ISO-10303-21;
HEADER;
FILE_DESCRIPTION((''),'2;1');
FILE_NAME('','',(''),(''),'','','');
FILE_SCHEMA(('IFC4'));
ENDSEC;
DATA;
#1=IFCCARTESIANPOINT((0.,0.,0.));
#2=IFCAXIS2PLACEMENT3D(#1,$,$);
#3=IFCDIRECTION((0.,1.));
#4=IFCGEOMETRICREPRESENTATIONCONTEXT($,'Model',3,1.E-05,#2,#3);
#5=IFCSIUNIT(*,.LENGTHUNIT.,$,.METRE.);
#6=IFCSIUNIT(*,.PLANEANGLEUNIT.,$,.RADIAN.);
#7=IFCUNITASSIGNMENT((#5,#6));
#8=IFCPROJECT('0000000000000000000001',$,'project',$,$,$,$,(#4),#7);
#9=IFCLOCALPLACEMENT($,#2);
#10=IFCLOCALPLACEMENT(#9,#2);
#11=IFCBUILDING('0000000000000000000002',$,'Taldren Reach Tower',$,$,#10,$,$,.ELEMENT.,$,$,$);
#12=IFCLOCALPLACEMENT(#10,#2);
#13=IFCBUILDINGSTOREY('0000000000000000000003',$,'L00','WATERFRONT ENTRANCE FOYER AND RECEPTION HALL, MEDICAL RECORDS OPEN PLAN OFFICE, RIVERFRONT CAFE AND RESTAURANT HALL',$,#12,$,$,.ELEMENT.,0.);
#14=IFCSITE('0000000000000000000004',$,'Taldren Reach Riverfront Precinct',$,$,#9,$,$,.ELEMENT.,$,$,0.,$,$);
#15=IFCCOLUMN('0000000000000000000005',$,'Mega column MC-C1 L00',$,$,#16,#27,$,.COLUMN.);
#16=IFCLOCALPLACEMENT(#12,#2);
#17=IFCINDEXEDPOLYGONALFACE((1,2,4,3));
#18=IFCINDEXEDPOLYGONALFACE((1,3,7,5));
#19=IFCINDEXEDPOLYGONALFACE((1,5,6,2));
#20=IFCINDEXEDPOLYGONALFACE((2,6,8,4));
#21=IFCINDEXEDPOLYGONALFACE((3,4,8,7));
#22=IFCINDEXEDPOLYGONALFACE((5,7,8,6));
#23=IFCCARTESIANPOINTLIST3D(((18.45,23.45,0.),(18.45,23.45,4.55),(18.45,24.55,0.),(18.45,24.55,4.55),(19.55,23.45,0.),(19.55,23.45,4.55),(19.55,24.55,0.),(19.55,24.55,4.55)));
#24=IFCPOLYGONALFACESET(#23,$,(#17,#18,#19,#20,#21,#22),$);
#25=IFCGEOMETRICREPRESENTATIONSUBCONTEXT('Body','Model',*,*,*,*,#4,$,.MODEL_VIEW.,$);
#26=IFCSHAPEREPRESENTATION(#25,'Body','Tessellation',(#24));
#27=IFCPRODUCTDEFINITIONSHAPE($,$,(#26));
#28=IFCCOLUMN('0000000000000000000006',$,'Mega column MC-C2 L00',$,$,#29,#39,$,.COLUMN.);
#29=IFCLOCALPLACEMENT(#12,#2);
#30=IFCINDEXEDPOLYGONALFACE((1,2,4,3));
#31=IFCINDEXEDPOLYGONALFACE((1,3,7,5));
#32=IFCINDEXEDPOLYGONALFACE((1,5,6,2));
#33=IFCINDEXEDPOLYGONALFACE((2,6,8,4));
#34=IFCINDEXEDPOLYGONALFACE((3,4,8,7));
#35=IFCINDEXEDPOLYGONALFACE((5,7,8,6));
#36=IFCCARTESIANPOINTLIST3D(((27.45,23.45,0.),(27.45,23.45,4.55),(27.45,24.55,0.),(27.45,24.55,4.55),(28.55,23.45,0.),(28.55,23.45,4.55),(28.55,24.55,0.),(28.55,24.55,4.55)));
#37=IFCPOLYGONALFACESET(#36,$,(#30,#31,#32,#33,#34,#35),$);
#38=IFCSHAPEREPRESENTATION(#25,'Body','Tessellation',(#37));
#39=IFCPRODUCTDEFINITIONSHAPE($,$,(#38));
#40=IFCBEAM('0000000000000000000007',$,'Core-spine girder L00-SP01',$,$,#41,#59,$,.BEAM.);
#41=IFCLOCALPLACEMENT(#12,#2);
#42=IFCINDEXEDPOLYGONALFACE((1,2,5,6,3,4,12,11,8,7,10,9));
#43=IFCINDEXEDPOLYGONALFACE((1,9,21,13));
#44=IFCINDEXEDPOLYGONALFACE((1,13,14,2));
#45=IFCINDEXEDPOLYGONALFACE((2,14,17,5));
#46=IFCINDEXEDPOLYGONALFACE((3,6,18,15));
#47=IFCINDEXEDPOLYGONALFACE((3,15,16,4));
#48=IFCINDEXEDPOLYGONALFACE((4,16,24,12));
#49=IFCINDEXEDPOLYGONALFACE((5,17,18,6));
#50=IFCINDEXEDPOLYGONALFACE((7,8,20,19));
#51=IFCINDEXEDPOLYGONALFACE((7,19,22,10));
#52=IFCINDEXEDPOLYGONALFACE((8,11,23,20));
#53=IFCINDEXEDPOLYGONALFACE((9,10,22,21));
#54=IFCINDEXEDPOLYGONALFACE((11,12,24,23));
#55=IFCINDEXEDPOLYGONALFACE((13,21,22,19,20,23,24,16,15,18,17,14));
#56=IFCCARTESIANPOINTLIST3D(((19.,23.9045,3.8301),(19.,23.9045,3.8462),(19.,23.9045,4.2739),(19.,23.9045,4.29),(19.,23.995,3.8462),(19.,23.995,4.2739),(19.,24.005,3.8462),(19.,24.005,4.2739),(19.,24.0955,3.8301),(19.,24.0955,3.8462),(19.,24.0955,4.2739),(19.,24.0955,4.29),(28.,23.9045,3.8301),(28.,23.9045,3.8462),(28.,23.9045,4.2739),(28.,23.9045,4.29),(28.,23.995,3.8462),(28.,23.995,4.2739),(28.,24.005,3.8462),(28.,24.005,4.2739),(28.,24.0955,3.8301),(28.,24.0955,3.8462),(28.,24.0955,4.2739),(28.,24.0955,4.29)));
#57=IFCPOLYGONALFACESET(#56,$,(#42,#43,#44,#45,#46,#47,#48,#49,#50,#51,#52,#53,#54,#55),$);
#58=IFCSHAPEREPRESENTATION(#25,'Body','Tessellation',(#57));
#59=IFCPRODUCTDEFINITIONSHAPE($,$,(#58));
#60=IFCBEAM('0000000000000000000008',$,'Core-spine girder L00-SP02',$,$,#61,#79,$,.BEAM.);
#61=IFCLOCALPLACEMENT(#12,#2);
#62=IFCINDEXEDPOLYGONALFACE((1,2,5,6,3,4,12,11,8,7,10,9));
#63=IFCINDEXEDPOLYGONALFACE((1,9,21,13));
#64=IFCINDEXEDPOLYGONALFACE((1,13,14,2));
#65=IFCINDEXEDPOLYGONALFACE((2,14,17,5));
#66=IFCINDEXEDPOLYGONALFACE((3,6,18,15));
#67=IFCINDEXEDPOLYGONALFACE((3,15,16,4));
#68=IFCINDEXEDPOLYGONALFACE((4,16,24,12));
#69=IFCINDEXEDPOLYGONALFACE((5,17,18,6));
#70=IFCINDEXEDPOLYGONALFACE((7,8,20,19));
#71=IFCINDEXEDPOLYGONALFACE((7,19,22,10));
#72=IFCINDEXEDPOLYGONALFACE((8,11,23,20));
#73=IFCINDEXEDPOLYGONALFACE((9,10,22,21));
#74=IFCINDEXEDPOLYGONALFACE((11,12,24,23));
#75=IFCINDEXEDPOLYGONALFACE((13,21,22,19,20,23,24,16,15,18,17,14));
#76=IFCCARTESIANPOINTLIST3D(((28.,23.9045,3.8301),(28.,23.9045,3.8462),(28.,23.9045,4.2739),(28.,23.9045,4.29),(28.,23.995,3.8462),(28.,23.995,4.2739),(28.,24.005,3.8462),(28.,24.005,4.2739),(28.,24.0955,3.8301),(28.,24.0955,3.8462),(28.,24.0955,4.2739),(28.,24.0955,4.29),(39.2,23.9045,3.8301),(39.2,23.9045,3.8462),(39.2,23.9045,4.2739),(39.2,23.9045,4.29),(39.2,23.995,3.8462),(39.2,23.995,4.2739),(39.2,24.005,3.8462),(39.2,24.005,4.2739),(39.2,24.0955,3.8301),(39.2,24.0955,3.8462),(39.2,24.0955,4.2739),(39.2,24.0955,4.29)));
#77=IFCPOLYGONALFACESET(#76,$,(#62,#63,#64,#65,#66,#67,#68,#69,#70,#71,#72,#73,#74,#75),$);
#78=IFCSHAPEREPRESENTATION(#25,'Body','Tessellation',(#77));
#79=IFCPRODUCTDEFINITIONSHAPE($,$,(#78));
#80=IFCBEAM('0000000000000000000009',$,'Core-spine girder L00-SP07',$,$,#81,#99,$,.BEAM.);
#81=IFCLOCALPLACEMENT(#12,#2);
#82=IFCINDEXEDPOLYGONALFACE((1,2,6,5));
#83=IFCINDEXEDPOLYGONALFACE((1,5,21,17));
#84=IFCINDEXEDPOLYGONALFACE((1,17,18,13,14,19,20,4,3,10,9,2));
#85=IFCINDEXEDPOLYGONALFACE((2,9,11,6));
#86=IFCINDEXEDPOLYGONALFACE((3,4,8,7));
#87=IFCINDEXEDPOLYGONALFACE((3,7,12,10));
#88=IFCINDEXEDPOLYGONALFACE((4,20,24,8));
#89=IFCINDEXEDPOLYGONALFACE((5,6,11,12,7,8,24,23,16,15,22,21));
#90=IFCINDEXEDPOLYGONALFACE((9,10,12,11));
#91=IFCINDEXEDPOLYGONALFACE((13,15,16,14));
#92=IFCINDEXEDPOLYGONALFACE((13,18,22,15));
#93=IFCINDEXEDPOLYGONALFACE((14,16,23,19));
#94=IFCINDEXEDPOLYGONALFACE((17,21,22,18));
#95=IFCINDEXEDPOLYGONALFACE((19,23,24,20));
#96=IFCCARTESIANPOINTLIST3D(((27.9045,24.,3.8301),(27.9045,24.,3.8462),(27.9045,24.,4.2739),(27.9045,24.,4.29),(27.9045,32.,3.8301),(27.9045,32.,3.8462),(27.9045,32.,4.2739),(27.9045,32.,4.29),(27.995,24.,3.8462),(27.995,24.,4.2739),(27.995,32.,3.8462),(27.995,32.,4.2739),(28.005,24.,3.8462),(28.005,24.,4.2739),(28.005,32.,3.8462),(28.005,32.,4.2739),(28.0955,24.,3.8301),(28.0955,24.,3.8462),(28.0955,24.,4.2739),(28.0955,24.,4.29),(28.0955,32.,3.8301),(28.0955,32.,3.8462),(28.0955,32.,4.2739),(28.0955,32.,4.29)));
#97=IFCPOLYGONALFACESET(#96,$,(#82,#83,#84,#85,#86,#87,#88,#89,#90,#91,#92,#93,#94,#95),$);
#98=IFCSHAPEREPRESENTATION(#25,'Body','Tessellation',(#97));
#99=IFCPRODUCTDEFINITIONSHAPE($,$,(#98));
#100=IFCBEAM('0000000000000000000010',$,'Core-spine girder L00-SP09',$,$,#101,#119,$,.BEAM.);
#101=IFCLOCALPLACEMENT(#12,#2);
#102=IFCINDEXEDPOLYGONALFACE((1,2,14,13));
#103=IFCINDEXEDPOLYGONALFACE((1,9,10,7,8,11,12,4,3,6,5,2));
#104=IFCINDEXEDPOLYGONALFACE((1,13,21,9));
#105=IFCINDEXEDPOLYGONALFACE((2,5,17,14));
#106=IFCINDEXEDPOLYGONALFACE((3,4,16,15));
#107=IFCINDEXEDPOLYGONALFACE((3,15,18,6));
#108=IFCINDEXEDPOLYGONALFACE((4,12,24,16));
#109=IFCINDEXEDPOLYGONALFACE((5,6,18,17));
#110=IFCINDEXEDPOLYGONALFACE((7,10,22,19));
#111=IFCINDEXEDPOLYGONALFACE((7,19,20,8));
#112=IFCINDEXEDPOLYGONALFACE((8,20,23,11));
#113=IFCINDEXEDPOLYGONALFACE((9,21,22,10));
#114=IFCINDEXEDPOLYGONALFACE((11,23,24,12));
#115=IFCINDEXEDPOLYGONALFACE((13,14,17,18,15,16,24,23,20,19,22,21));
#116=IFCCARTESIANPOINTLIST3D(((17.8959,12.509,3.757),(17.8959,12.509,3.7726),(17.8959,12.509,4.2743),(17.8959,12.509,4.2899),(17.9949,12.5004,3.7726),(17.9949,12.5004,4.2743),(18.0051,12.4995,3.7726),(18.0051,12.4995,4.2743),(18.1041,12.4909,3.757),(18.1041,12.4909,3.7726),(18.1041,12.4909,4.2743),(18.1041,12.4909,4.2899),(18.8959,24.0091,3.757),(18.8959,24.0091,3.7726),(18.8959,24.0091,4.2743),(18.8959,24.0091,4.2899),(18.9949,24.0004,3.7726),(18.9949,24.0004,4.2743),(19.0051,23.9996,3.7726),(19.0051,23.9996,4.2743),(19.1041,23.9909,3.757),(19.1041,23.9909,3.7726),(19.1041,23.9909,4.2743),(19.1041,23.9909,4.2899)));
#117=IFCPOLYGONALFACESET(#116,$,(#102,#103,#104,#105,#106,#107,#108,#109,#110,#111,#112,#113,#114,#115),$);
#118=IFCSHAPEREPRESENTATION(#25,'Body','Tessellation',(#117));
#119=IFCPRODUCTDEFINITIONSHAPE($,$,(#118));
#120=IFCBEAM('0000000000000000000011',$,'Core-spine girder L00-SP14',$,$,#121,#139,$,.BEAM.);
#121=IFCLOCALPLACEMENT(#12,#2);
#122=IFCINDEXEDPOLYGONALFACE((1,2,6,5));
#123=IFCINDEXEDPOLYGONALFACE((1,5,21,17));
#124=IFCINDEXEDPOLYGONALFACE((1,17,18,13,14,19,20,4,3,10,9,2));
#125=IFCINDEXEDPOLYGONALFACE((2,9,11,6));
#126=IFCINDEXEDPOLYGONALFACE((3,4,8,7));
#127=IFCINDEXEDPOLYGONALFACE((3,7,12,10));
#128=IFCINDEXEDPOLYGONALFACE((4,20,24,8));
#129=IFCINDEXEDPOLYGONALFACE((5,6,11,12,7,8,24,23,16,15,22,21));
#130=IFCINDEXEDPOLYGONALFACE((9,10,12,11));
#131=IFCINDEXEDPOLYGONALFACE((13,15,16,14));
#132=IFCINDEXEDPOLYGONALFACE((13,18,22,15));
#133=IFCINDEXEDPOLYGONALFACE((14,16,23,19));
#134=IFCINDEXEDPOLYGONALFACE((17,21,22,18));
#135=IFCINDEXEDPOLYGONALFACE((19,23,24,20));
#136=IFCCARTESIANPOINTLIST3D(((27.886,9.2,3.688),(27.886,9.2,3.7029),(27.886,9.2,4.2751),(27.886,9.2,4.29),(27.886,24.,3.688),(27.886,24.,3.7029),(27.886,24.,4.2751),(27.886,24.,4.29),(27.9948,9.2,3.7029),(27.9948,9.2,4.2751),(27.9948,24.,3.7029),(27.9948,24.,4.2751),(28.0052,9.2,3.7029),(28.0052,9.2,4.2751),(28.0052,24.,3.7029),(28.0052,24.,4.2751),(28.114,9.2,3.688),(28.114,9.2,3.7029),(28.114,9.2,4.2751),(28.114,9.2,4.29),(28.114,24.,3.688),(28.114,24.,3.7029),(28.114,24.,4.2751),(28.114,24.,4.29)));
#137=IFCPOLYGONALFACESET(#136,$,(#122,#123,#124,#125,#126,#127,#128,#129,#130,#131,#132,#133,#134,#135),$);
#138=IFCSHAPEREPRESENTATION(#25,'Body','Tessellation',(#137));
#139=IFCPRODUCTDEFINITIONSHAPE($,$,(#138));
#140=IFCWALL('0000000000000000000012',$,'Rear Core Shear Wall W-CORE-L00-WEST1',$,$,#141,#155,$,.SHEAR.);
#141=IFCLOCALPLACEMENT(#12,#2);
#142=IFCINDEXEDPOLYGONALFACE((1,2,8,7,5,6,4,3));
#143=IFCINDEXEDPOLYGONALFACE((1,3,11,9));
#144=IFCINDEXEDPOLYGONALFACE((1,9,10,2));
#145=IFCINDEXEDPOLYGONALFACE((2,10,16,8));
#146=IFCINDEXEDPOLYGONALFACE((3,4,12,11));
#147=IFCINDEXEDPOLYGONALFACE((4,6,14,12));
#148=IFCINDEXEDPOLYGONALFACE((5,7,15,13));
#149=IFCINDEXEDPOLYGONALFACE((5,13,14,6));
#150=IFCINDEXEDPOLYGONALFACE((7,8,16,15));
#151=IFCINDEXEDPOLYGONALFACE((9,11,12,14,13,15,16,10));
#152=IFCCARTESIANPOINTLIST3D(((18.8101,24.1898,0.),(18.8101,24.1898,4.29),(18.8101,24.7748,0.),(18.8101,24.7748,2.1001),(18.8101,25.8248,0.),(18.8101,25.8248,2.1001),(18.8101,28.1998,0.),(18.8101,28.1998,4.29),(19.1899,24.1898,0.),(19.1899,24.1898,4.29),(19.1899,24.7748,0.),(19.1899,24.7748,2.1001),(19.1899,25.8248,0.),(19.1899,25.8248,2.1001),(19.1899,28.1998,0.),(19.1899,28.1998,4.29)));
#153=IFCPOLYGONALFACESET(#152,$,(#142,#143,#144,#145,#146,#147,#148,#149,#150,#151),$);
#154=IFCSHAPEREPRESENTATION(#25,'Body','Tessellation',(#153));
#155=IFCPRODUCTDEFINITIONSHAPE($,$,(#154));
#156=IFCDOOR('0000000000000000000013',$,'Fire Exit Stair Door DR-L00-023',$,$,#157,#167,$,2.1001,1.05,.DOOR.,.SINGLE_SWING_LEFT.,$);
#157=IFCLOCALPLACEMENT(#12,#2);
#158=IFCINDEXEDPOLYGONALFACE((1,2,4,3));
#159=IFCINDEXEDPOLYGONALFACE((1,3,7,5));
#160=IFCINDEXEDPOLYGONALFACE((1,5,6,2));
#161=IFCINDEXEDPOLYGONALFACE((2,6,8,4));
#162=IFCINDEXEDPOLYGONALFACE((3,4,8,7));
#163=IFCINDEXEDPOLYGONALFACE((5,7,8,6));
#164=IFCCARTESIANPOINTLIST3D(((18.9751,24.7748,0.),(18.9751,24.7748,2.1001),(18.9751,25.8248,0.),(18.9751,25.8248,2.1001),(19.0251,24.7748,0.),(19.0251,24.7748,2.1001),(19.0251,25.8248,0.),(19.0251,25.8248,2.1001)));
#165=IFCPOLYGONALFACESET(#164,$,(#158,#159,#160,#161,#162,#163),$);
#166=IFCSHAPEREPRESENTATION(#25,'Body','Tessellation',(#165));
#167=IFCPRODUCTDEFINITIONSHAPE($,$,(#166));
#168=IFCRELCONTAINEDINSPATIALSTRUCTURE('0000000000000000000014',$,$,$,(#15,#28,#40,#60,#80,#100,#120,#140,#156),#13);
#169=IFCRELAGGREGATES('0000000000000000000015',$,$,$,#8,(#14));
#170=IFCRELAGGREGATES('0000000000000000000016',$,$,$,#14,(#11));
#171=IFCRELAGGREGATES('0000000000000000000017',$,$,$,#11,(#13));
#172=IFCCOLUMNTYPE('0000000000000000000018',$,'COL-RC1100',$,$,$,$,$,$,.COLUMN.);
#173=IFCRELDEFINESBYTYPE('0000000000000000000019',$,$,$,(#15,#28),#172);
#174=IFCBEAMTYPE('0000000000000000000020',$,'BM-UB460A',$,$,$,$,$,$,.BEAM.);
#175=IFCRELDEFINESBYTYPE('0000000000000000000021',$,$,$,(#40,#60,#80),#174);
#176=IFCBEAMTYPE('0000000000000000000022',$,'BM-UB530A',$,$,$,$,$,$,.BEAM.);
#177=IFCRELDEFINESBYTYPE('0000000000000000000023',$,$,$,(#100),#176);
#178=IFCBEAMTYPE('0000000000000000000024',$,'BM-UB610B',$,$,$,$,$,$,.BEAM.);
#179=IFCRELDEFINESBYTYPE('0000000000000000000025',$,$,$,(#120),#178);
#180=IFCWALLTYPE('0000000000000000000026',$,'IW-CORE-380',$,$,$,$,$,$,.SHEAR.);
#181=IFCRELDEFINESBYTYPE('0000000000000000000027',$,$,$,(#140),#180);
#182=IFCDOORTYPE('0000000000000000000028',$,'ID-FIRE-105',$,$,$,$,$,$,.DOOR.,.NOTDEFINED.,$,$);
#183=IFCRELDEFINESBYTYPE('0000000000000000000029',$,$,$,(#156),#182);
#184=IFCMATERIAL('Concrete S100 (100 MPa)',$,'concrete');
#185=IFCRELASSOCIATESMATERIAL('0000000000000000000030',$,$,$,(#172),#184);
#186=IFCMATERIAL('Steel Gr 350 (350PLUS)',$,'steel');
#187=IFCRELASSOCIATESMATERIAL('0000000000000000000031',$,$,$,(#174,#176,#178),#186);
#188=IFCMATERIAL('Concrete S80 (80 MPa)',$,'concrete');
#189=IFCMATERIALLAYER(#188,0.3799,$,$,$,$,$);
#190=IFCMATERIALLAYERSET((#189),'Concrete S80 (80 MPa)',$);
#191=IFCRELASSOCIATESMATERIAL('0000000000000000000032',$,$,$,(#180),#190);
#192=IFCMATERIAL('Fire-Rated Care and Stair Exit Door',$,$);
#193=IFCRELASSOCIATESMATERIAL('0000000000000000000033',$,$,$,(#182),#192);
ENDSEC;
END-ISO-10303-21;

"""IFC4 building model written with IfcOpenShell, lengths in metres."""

from ifc_helpers import new_model, si_unit, direction, frame, frame_2d, origin, origin_2d, place, context, subcontext, project, spatial, rectangle, i_section, extrude, source, transform, mapped, material, layer, layer_set, material_profile, profile_set, type_object, element, fill, save


model = new_model("IFC4")

# Units and contexts
model_context = context("Model", 3, precision=1e-05, world=origin(), true_north=direction((0.0, 1.0)))
body_context = subcontext(model_context, "Body", "Model", "MODEL_VIEW")
ifc_project = project(units=[si_unit("LENGTHUNIT", "METRE"), si_unit("PLANEANGLEUNIT", "RADIAN")], contexts=[model_context])

# Site, building, storey
site_placement = place(None, origin())
site = spatial("IfcSite", under=ifc_project, at=site_placement, Name="Taldren Reach Riverfront Precinct", CompositionType="ELEMENT", RefElevation=0.0)
building_placement = place(site_placement, origin())
building = spatial("IfcBuilding", under=site, at=building_placement, Name="Taldren Reach Tower", CompositionType="ELEMENT")
storey_placement = place(building_placement, origin())
storey = spatial("IfcBuildingStorey", under=building, at=storey_placement, Name="L00", Description="WATERFRONT ENTRANCE FOYER AND RECEPTION HALL, MEDICAL RECORDS OPEN PLAN OFFICE, RIVERFRONT CAFE AND RESTAURANT HALL", CompositionType="ELEMENT", Elevation=0.0)

# Columns
ifc_material_1 = material(Name="Concrete S100 (100 MPa)", Category="concrete")
ifc_material_profile_1 = material_profile(ifc_material_1, rectangle(XDim=1.1001, YDim=1.1001, at=origin_2d()), Name="RC-1100x1100")
ifc_profile_set_1 = profile_set([ifc_material_profile_1], Name="Concrete S100 (100 MPa)")
column_type = type_object("IfcColumnType", Name="COL-RC1100", PredefinedType="COLUMN", material=ifc_profile_set_1)
shared_shape_1 = source(origin(), body_context, "Body", "SweptSolid", [
    extrude(rectangle(XDim=1.1001, YDim=1.1001, at=origin_2d()), origin(), (0.0, 0.0, 1.0), 4.55),
])
for number, where, z_axis, x_axis, name in (
    (1, (19.0, 24.0, 0.0), (0.0, 0.0, 1.0), (1.0, 0.0, 0.0), "Mega column MC-C1 L00"),
    (2, (28.0, 24.0, 0.0), (0.0, 0.0, 1.0), (1.0, 0.0, 0.0), "Mega column MC-C2 L00"),
):
    element("IfcColumn", number, at=place(storey_placement, frame(where, z_axis=z_axis, x_axis=x_axis)), inside=storey, type_object=column_type, Name=name, PredefinedType="COLUMN", context=body_context, shape_type="MappedRepresentation", body=[
        mapped(shared_shape_1, transform((0.0, 0.0, 0.0), scale=1.0)),
    ])

# Beams
ifc_material_2 = material(Name="Steel Gr 350 (350PLUS)", Category="steel")
ifc_material_profile_2 = material_profile(ifc_material_2, i_section(OverallWidth=0.1909, OverallDepth=0.46, WebThickness=0.01, FlangeThickness=0.0161, at=origin_2d()), Name="460UB82.1")
ifc_profile_set_2 = profile_set([ifc_material_profile_2], Name="Steel Gr 350 (350PLUS)")
beam_type_1 = type_object("IfcBeamType", Name="BM-UB460A", PredefinedType="BEAM", material=ifc_profile_set_2)
shared_shape_2 = source(origin(), body_context, "Body", "SweptSolid", [
    extrude(i_section(OverallWidth=0.1909, OverallDepth=0.46, WebThickness=0.01, FlangeThickness=0.0161, at=origin_2d()), origin(), (0.0, 0.0, 1.0), 9.0),
])
beam_1_placement = place(storey_placement, frame((19.0, 24.0, 4.0601), z_axis=(1.0, 0.0, 0.0), x_axis=(0.0, 1.0, 0.0)))
element("IfcBeam", 3, at=beam_1_placement, inside=storey, type_object=beam_type_1, Name="Core-spine girder L00-SP01", PredefinedType="BEAM", context=body_context, shape_type="MappedRepresentation", body=[
    mapped(shared_shape_2, transform((0.0, 0.0, 0.0), scale=1.0)),
])
shared_shape_3 = source(origin(), body_context, "Body", "SweptSolid", [
    extrude(i_section(OverallWidth=0.1909, OverallDepth=0.46, WebThickness=0.01, FlangeThickness=0.0161, at=origin_2d()), origin(), (0.0, 0.0, 1.0), 11.2),
])
beam_2_placement = place(storey_placement, frame((28.0, 24.0, 4.0601), z_axis=(1.0, 0.0, 0.0), x_axis=(0.0, 1.0, 0.0)))
element("IfcBeam", 4, at=beam_2_placement, inside=storey, type_object=beam_type_1, Name="Core-spine girder L00-SP02", PredefinedType="BEAM", context=body_context, shape_type="MappedRepresentation", body=[
    mapped(shared_shape_3, transform((0.0, 0.0, 0.0), scale=1.0)),
])
shared_shape_4 = source(origin(), body_context, "Body", "SweptSolid", [
    extrude(i_section(OverallWidth=0.1909, OverallDepth=0.46, WebThickness=0.01, FlangeThickness=0.0161, at=origin_2d()), origin(), (0.0, 0.0, 1.0), 8.0),
])
beam_3_placement = place(storey_placement, frame((28.0, 24.0, 4.0601), z_axis=(0.0, 1.0, 0.0), x_axis=(-1.0, 0.0, 0.0)))
element("IfcBeam", 5, at=beam_3_placement, inside=storey, type_object=beam_type_1, Name="Core-spine girder L00-SP07", PredefinedType="BEAM", context=body_context, shape_type="MappedRepresentation", body=[
    mapped(shared_shape_4, transform((0.0, 0.0, 0.0), scale=1.0)),
])
ifc_material_profile_3 = material_profile(ifc_material_2, i_section(OverallWidth=0.209, OverallDepth=0.533, WebThickness=0.0103, FlangeThickness=0.0156, at=origin_2d()), Name="530UB92.4")
ifc_profile_set_3 = profile_set([ifc_material_profile_3], Name="Steel Gr 350 (350PLUS)")
beam_type_2 = type_object("IfcBeamType", Name="BM-UB530A", PredefinedType="BEAM", material=ifc_profile_set_3)
shared_shape_5 = source(origin(), body_context, "Body", "SweptSolid", [
    extrude(i_section(OverallWidth=0.209, OverallDepth=0.533, WebThickness=0.0103, FlangeThickness=0.0156, at=origin_2d()), origin(), (0.0, 0.0, 1.0), 11.5435),
])
beam_4_placement = place(storey_placement, frame((19.0, 24.0, 4.0234), z_axis=(-0.08663, -0.996241, 0.0), x_axis=(0.996241, -0.08663, 0.0)))
element("IfcBeam", 6, at=beam_4_placement, inside=storey, type_object=beam_type_2, Name="Core-spine girder L00-SP09", PredefinedType="BEAM", context=body_context, shape_type="MappedRepresentation", body=[
    mapped(shared_shape_5, transform((0.0, 0.0, 0.0), scale=1.0)),
])
ifc_material_profile_4 = material_profile(ifc_material_2, i_section(OverallWidth=0.228, OverallDepth=0.6021, WebThickness=0.0105, FlangeThickness=0.0149, at=origin_2d()), Name="610UB101")
ifc_profile_set_4 = profile_set([ifc_material_profile_4], Name="Steel Gr 350 (350PLUS)")
beam_type_3 = type_object("IfcBeamType", Name="BM-UB610B", PredefinedType="BEAM", material=ifc_profile_set_4)
shared_shape_6 = source(origin(), body_context, "Body", "SweptSolid", [
    extrude(i_section(OverallWidth=0.228, OverallDepth=0.6021, WebThickness=0.0105, FlangeThickness=0.0149, at=origin_2d()), origin(), (0.0, 0.0, 1.0), 14.8),
])
beam_5_placement = place(storey_placement, frame((28.0, 24.0, 3.989), z_axis=(0.0, -1.0, 0.0), x_axis=(1.0, 0.0, 0.0)))
element("IfcBeam", 7, at=beam_5_placement, inside=storey, type_object=beam_type_3, Name="Core-spine girder L00-SP14", PredefinedType="BEAM", context=body_context, shape_type="MappedRepresentation", body=[
    mapped(shared_shape_6, transform((0.0, 0.0, 0.0), scale=1.0)),
])

# Wall, opening, door
ifc_material_3 = material(Name="Concrete S80 (80 MPa)", Category="concrete")
ifc_layer_1 = layer(ifc_material_3, 0.3799)
ifc_layer_set_1 = layer_set([ifc_layer_1], Name="Concrete S80 (80 MPa)")
wall_type_1 = type_object("IfcWallType", Name="IW-CORE-380", PredefinedType="SHEAR", material=ifc_layer_set_1)
shared_shape_7 = source(origin(), body_context, "Body", "SweptSolid", [
    extrude(rectangle(XDim=4.01, YDim=0.3799, at=frame_2d((2.0049, 0.0))), origin(), (0.0, 0.0, 1.0), 4.29),
])
wall_1_placement = place(storey_placement, frame((19.0, 24.1899, 0.0), z_axis=(0.0, 0.0, 1.0), x_axis=(0.0, 1.0, 0.0)))
wall_1 = element("IfcWall", 8, at=wall_1_placement, inside=storey, type_object=wall_type_1, Name="Rear Core Shear Wall W-CORE-L00-WEST1", PredefinedType="SHEAR", context=body_context, shape_type="MappedRepresentation", body=[
    mapped(shared_shape_7, transform((0.0, 0.0, 0.0), scale=1.0)),
])
shared_shape_8 = source(origin(), body_context, "Body", "SweptSolid", [
    extrude(rectangle(XDim=1.05, YDim=2.1001, at=frame_2d((0.5249, 1.05))), frame((0.0, 0.2, 0.0), z_axis=(0.0, -1.0, 0.0), x_axis=(1.0, 0.0, 0.0)), (0.0, 0.0, 1.0), 0.3999),
])
opening_1_placement = place(wall_1_placement, frame((0.585, 0.0, 0.0)))
opening_1 = element("IfcOpeningElement", 9, at=opening_1_placement, cuts=wall_1, PredefinedType="OPENING", context=body_context, shape_type="MappedRepresentation", body=[
    mapped(shared_shape_8, transform((0.0, 0.0, 0.0), scale=1.0)),
])
ifc_material_4 = material(Name="Fire-Rated Care and Stair Exit Door")
door_type_1 = type_object("IfcDoorType", Name="ID-FIRE-105", OperationType="NOTDEFINED", PredefinedType="DOOR", material=ifc_material_4)
shared_shape_9 = source(origin(), body_context, "Body", "SweptSolid", [
    extrude(rectangle(XDim=1.05, YDim=2.1001, at=frame_2d((0.5249, 1.05))), frame((0.0, 0.0249, 0.0), z_axis=(0.0, -1.0, 0.0), x_axis=(1.0, 0.0, 0.0)), (0.0, 0.0, 1.0), 0.05),
])
door_1_placement = place(opening_1_placement, origin())
door_1 = element("IfcDoor", 10, at=door_1_placement, inside=storey, type_object=door_type_1, Name="Fire Exit Stair Door DR-L00-023", OperationType="SINGLE_SWING_LEFT", OverallHeight=2.1001, OverallWidth=1.05, PredefinedType="DOOR", context=body_context, shape_type="MappedRepresentation", body=[
    mapped(shared_shape_9, transform((0.0, 0.0, 0.0), scale=1.0)),
])
fill(opening_1, door_1)

save(model, "model.ifc")
